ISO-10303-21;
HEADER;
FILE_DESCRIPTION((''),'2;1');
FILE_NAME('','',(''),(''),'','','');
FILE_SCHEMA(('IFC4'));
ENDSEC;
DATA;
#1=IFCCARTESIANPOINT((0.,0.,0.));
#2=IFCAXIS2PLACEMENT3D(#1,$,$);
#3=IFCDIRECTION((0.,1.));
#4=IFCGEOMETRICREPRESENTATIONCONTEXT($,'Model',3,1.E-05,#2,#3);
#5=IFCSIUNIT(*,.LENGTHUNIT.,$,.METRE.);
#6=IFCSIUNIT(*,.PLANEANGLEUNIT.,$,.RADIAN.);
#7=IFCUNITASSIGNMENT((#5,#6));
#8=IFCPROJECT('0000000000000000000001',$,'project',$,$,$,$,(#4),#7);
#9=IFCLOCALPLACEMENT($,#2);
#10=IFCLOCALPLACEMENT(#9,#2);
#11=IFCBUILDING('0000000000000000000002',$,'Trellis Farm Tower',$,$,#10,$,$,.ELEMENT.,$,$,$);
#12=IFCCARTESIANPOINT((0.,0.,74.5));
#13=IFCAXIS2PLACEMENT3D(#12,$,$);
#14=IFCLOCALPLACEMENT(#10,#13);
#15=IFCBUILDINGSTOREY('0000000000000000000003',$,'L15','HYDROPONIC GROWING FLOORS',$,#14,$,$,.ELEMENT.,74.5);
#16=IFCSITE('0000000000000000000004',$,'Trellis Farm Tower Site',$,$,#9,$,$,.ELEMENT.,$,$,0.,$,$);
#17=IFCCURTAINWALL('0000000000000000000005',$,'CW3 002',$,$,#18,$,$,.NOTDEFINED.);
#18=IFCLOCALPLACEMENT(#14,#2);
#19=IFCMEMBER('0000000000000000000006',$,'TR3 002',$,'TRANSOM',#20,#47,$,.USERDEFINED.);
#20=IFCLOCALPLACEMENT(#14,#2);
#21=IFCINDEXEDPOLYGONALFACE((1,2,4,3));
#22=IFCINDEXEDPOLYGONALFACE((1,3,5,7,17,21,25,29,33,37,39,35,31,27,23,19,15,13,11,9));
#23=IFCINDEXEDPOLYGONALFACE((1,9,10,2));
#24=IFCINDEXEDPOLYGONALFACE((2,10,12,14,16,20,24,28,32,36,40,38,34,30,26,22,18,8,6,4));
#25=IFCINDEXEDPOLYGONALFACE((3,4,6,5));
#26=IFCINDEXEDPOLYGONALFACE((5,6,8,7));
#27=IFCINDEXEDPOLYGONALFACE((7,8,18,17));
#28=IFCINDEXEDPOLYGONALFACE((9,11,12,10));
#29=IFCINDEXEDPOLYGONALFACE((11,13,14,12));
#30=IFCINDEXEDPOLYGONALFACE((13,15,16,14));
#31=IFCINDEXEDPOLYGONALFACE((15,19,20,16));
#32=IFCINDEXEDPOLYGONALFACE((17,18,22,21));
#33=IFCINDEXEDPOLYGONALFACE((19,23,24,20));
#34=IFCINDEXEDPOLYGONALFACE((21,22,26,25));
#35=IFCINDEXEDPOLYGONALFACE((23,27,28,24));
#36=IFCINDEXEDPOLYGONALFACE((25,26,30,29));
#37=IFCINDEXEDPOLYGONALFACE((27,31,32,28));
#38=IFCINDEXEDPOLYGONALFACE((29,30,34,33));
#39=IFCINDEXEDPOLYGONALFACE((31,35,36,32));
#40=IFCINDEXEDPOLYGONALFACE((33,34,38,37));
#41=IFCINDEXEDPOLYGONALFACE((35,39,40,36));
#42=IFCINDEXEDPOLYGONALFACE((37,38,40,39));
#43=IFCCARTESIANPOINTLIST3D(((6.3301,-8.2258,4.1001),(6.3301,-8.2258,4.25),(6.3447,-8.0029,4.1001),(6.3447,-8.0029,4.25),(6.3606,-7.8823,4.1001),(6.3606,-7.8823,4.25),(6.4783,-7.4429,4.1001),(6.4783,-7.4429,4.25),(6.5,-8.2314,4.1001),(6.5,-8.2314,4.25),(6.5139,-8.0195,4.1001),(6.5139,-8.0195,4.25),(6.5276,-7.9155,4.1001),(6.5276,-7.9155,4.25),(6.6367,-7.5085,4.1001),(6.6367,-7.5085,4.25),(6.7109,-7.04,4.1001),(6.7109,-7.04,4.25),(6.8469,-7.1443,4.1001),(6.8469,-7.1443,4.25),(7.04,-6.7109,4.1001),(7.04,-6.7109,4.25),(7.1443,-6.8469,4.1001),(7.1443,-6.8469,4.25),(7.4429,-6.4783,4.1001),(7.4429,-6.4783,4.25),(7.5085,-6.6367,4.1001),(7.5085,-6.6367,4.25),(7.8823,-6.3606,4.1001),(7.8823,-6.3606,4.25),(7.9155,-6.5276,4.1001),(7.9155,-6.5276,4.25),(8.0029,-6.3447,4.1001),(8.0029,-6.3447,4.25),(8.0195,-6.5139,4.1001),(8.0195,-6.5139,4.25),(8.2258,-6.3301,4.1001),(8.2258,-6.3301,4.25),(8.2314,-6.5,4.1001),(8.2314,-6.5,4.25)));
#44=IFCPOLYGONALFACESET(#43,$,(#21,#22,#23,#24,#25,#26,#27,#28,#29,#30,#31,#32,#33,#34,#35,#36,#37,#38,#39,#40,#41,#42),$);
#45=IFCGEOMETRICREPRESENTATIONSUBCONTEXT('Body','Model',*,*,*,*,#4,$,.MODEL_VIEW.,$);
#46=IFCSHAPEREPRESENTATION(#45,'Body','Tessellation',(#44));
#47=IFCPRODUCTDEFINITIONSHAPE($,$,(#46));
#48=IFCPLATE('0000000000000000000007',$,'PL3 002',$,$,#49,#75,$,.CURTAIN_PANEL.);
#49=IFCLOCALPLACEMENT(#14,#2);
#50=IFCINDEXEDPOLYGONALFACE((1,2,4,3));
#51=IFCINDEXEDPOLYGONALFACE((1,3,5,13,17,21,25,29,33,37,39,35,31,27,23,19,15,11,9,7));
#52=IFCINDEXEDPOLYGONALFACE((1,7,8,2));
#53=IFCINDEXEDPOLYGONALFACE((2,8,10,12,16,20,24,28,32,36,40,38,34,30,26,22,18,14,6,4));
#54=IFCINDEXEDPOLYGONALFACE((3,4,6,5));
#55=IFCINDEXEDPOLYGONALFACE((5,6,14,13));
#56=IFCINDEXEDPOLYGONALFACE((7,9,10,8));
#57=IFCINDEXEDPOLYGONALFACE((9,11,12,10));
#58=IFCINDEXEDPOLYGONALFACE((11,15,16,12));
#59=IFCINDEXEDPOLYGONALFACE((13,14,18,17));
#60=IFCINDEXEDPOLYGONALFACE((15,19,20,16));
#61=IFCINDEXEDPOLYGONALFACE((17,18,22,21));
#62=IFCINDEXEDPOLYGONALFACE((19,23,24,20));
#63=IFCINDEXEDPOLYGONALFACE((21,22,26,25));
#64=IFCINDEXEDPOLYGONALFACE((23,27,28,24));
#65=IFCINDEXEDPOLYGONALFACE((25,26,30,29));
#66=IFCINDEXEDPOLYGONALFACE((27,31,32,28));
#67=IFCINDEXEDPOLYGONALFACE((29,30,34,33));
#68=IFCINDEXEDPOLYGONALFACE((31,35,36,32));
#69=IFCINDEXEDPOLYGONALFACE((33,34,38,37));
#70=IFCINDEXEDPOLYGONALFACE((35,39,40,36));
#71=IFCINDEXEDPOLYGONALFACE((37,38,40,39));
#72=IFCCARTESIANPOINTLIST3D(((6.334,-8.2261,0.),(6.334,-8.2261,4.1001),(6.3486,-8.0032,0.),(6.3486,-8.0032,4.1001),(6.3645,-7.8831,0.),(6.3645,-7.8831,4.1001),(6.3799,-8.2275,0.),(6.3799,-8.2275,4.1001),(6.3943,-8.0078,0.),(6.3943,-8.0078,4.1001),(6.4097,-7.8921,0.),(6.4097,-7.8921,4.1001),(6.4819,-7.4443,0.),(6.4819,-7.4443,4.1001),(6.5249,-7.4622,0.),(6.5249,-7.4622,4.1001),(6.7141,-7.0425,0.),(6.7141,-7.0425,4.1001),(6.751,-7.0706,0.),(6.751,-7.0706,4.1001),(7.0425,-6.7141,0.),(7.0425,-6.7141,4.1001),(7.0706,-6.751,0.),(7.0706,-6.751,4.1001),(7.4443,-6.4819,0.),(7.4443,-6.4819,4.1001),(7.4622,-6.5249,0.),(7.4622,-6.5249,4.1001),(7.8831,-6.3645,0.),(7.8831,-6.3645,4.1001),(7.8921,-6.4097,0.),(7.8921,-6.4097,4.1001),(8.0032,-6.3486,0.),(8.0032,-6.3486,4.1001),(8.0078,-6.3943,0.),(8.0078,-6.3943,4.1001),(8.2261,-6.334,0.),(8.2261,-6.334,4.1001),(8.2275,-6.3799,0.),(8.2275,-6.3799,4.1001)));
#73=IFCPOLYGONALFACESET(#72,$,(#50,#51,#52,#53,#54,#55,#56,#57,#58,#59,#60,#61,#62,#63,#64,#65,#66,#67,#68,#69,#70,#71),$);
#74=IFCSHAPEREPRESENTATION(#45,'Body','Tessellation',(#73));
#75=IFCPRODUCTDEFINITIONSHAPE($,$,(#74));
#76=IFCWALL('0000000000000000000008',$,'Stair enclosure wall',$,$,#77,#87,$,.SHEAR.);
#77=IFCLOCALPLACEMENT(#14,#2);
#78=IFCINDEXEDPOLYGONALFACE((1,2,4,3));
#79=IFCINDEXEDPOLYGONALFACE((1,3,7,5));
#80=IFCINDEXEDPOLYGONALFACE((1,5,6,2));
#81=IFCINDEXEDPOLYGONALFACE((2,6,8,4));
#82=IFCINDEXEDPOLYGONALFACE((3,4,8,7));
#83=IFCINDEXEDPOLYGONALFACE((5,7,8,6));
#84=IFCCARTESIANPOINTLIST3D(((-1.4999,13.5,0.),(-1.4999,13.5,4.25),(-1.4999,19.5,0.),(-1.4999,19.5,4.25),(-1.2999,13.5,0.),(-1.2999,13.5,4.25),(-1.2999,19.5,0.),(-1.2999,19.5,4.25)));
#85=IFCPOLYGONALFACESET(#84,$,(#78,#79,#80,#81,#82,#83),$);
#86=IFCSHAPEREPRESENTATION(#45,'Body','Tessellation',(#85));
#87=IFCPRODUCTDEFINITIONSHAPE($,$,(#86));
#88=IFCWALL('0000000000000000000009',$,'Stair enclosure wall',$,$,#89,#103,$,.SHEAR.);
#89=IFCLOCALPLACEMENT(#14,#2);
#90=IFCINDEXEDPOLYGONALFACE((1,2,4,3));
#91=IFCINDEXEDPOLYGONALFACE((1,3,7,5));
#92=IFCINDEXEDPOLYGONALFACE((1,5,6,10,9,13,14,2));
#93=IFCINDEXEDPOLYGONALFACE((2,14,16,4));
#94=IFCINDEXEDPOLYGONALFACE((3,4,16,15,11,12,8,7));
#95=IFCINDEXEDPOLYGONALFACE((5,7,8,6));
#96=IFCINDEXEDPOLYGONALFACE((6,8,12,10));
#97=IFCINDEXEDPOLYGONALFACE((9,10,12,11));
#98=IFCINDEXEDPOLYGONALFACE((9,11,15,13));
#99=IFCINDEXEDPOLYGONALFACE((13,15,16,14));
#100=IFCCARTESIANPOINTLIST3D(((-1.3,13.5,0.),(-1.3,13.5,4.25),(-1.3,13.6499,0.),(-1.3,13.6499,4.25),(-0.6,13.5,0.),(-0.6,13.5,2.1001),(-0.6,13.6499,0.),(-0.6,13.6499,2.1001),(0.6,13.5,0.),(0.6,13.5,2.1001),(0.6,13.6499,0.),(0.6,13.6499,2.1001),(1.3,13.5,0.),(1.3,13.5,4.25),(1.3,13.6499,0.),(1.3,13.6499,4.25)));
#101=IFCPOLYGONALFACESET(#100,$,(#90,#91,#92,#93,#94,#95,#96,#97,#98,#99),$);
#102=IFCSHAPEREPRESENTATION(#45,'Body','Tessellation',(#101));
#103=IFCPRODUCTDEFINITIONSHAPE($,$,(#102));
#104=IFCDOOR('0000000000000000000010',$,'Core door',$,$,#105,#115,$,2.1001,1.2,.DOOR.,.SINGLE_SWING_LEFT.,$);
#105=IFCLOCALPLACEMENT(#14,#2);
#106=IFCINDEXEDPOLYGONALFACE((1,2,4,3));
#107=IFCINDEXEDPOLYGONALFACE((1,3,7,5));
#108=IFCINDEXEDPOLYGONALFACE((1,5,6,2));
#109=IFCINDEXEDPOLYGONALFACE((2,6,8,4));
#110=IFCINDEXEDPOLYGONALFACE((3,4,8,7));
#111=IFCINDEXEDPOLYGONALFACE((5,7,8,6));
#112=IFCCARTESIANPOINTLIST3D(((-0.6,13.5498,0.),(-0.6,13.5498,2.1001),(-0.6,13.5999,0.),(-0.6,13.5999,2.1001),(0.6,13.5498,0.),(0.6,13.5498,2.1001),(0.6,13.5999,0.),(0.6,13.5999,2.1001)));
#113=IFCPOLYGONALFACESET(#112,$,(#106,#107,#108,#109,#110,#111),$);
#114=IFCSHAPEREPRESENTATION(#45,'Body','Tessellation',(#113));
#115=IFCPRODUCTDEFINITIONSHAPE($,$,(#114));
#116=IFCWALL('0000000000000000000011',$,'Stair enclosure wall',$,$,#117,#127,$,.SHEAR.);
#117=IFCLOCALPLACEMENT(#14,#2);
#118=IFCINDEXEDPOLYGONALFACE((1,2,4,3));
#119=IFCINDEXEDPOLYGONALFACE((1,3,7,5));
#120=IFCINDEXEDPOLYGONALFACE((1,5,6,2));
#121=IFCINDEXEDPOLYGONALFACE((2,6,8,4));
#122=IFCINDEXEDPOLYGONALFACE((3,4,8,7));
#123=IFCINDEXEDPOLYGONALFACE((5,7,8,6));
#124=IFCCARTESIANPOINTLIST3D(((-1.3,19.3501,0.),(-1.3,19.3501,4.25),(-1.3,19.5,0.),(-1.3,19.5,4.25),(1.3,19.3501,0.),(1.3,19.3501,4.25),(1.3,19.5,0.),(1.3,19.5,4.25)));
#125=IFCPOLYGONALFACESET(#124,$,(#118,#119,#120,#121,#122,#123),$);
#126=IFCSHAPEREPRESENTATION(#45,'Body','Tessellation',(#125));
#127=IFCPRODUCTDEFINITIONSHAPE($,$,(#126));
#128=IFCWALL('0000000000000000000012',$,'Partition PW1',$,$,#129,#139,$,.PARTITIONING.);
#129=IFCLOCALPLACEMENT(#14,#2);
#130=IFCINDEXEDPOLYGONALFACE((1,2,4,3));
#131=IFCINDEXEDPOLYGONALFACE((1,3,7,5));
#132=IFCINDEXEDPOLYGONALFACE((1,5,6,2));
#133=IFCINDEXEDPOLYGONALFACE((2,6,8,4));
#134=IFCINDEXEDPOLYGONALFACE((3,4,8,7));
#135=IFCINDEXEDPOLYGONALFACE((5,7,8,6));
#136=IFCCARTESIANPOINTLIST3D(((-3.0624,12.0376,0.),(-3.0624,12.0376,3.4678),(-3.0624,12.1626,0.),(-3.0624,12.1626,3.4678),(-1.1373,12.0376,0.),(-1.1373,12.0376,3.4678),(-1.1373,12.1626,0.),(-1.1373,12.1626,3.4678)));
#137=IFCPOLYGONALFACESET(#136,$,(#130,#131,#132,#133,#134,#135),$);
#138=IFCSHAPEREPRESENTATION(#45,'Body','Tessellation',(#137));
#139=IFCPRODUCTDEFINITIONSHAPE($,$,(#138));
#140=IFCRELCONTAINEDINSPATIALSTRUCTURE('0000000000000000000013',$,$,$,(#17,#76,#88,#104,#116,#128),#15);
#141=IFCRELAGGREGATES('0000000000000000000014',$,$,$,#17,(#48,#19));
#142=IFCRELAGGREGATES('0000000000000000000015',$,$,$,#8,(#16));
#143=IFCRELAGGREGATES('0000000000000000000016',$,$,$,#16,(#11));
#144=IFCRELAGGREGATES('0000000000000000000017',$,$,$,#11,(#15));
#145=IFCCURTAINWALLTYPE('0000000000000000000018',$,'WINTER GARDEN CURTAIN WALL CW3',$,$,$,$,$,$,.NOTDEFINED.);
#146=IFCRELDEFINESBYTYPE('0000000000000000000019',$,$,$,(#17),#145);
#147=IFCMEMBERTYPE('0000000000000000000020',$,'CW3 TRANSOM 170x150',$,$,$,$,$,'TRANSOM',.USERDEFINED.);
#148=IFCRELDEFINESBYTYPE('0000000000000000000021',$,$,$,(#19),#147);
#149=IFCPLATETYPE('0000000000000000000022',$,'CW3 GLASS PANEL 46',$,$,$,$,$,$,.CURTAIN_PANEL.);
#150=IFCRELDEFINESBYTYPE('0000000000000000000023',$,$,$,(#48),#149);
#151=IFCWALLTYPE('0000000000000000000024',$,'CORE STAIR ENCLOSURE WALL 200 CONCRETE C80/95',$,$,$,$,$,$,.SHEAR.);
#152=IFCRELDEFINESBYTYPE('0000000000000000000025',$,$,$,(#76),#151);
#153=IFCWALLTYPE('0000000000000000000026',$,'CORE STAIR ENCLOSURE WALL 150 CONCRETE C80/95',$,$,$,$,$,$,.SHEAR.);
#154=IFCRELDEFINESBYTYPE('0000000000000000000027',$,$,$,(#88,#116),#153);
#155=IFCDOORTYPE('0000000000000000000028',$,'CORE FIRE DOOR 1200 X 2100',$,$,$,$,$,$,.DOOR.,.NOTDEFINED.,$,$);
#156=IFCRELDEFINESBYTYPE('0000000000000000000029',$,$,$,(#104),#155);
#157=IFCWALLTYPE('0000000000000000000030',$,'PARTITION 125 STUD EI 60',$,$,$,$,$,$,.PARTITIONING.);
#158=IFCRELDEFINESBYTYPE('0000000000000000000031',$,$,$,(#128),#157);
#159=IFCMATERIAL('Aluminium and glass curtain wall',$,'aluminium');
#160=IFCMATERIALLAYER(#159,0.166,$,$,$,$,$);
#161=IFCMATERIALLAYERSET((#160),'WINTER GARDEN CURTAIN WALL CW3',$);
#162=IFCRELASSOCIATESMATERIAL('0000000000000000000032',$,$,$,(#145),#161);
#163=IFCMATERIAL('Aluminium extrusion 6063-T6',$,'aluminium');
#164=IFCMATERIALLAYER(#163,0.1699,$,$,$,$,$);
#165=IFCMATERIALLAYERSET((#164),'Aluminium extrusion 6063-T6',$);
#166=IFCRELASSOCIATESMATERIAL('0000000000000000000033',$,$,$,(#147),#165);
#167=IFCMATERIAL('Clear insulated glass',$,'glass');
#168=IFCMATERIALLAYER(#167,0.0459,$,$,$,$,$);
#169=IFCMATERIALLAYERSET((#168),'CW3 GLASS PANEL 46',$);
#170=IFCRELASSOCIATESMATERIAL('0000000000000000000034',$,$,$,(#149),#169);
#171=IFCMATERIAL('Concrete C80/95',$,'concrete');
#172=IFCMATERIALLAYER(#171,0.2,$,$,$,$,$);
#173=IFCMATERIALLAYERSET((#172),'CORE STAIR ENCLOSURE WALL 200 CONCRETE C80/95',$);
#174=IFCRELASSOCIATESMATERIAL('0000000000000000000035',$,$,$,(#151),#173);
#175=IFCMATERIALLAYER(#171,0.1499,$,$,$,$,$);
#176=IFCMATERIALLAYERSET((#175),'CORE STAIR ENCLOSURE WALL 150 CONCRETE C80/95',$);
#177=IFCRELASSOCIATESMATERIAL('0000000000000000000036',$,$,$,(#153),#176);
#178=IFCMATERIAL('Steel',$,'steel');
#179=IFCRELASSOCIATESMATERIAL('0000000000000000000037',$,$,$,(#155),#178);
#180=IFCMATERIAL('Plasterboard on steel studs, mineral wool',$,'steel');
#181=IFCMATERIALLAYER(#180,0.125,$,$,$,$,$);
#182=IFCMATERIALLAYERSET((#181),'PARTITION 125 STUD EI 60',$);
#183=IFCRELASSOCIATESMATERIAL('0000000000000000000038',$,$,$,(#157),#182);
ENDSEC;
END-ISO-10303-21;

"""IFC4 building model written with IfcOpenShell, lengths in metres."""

from ifc_helpers import new_model, si_unit, direction, frame, frame_2d, origin, place, context, subcontext, project, spatial, polyline, rectangle, outline, extrude, source, transform, mapped, material, layer, layer_set, type_object, element, fill, aggregate, save


model = new_model("IFC4")

# Units and contexts
model_context = context("Model", 3, precision=1e-05, world=origin(), true_north=direction((0.0, 1.0)))
body_context = subcontext(model_context, "Body", "Model", "MODEL_VIEW")
ifc_project = project(units=[si_unit("LENGTHUNIT", "METRE"), si_unit("PLANEANGLEUNIT", "RADIAN")], contexts=[model_context])

# Site, building, storey
site_placement = place(None, origin())
site = spatial("IfcSite", under=ifc_project, at=site_placement, Name="Trellis Farm Tower Site", CompositionType="ELEMENT", RefElevation=0.0)
building_placement = place(site_placement, origin())
building = spatial("IfcBuilding", under=site, at=building_placement, Name="Trellis Farm Tower", CompositionType="ELEMENT")
storey_placement = place(building_placement, frame((0.0, 0.0, 74.5)))
storey = spatial("IfcBuildingStorey", under=building, at=storey_placement, Name="L15", Description="HYDROPONIC GROWING FLOORS", CompositionType="ELEMENT", Elevation=74.5)

# Shared definitions
ifc_material_1 = material(Name="Concrete C80/95", Category="concrete")

# Curtain wall, member, plate
ifc_material_2 = material(Name="Aluminium and glass curtain wall", Category="aluminium")
ifc_layer_1 = layer(ifc_material_2, 0.166)
ifc_layer_set_1 = layer_set([ifc_layer_1], Name="WINTER GARDEN CURTAIN WALL CW3")
curtain_wall_type = type_object("IfcCurtainWallType", Name="WINTER GARDEN CURTAIN WALL CW3", PredefinedType="NOTDEFINED", material=ifc_layer_set_1)
placement = place(storey_placement, origin())
curtain_wall = element("IfcCurtainWall", 1, at=placement, inside=storey, type_object=curtain_wall_type, Name="CW3 002", PredefinedType="NOTDEFINED")
ifc_material_3 = material(Name="Aluminium extrusion 6063-T6", Category="aluminium")
ifc_layer_2 = layer(ifc_material_3, 0.1699)
ifc_layer_set_2 = layer_set([ifc_layer_2], Name="Aluminium extrusion 6063-T6")
member_type = type_object("IfcMemberType", Name="CW3 TRANSOM 170x150", ElementType="TRANSOM", PredefinedType="USERDEFINED", material=ifc_layer_set_2)
shared_shape_1 = source(origin(), body_context, "Body", "SweptSolid", [
    extrude(outline(polyline([(6.5, -8.2314), (6.5139, -8.0195), (6.5276, -7.9155), (6.6367, -7.5085), (6.8469, -7.1443), (7.1443, -6.8469), (7.5085, -6.6367), (7.9155, -6.5276), (8.0195, -6.5139), (8.2314, -6.5), (8.2258, -6.3301), (8.0029, -6.3447), (7.8823, -6.3606), (7.4429, -6.4783), (7.04, -6.7109), (6.7109, -7.04), (6.4783, -7.4429), (6.3606, -7.8823), (6.3447, -8.0029), (6.3301, -8.2258), (6.5, -8.2314)])), origin(), (0.0, 0.0, 1.0), 0.1499),
])
member_placement = place(storey_placement, frame((0.0, 0.0, 4.1001)))
member = element("IfcMember", 2, at=member_placement, type_object=member_type, Name="TR3 002", ObjectType="TRANSOM", PredefinedType="USERDEFINED", context=body_context, shape_type="MappedRepresentation", body=[
    mapped(shared_shape_1, transform((0.0, 0.0, 0.0))),
])
ifc_material_4 = material(Name="Clear insulated glass", Category="glass")
ifc_layer_3 = layer(ifc_material_4, 0.0459)
ifc_layer_set_3 = layer_set([ifc_layer_3], Name="CW3 GLASS PANEL 46")
plate_type = type_object("IfcPlateType", Name="CW3 GLASS PANEL 46", PredefinedType="CURTAIN_PANEL", material=ifc_layer_set_3)
shared_shape_2 = source(origin(), body_context, "Body", "SweptSolid", [
    extrude(outline(polyline([(6.3799, -8.2275), (6.3943, -8.0078), (6.4097, -7.8921), (6.5249, -7.4622), (6.751, -7.0706), (7.0706, -6.751), (7.4622, -6.5249), (7.8921, -6.4097), (8.0078, -6.3943), (8.2275, -6.3799), (8.2261, -6.334), (8.0032, -6.3486), (7.8831, -6.3645), (7.4443, -6.4819), (7.0425, -6.7141), (6.7141, -7.0425), (6.4819, -7.4443), (6.3645, -7.8831), (6.3486, -8.0032), (6.334, -8.2261), (6.3799, -8.2275)])), origin(), (0.0, 0.0, 1.0), 4.1001),
])
plate = element("IfcPlate", 3, at=placement, type_object=plate_type, Name="PL3 002", PredefinedType="CURTAIN_PANEL", context=body_context, shape_type="MappedRepresentation", body=[
    mapped(shared_shape_2, transform((0.0, 0.0, 0.0))),
])
aggregate(curtain_wall, [plate, member])

# Wall
ifc_layer_4 = layer(ifc_material_1, 0.2)
ifc_layer_set_4 = layer_set([ifc_layer_4], Name="CORE STAIR ENCLOSURE WALL 200 CONCRETE C80/95")
wall_type_1 = type_object("IfcWallType", Name="CORE STAIR ENCLOSURE WALL 200 CONCRETE C80/95", PredefinedType="SHEAR", material=ifc_layer_set_4)
shared_shape_3 = source(origin(), body_context, "Body", "SweptSolid", [
    extrude(rectangle(XDim=6.0, YDim=0.2, at=frame_2d((3.0, 0.0))), origin(), (0.0, 0.0, 1.0), 4.25),
])
wall_1_placement = place(storey_placement, frame((-1.3999, 13.5, 0.0), z_axis=(0.0, 0.0, 1.0), x_axis=(0.0, 1.0, 0.0)))
element("IfcWall", 4, at=wall_1_placement, inside=storey, type_object=wall_type_1, Name="Stair enclosure wall", PredefinedType="SHEAR", context=body_context, shape_type="MappedRepresentation", body=[
    mapped(shared_shape_3, transform((0.0, 0.0, 0.0))),
])

# Wall, opening, door
ifc_layer_5 = layer(ifc_material_1, 0.1499)
ifc_layer_set_5 = layer_set([ifc_layer_5], Name="CORE STAIR ENCLOSURE WALL 150 CONCRETE C80/95")
wall_type_2 = type_object("IfcWallType", Name="CORE STAIR ENCLOSURE WALL 150 CONCRETE C80/95", PredefinedType="SHEAR", material=ifc_layer_set_5)
shared_shape_4 = source(origin(), body_context, "Body", "SweptSolid", [
    extrude(rectangle(XDim=2.6001, YDim=0.1499, at=frame_2d((1.3, 0.0))), origin(), (0.0, 0.0, 1.0), 4.25),
])
wall_2_placement = place(storey_placement, frame((-1.3, 13.575, 0.0), z_axis=(0.0, 0.0, 1.0), x_axis=(1.0, 0.0, 0.0)))
wall_2 = element("IfcWall", 5, at=wall_2_placement, inside=storey, type_object=wall_type_2, Name="Stair enclosure wall", PredefinedType="SHEAR", context=body_context, shape_type="MappedRepresentation", body=[
    mapped(shared_shape_4, transform((0.0, 0.0, 0.0))),
])
shared_shape_5 = source(origin(), body_context, "Body", "SweptSolid", [
    extrude(rectangle(XDim=1.2, YDim=2.1001, at=frame_2d((0.6001, 1.05))), frame((0.0, 0.085, 0.0), z_axis=(0.0, -1.0, 0.0), x_axis=(1.0, 0.0, 0.0)), (0.0, 0.0, 1.0), 0.1699),
])
opening_1_placement = place(wall_2_placement, frame((0.7, 0.0, 0.0)))
opening_1 = element("IfcOpeningElement", 6, at=opening_1_placement, cuts=wall_2, PredefinedType="OPENING", context=body_context, shape_type="MappedRepresentation", body=[
    mapped(shared_shape_5, transform((0.0, 0.0, 0.0))),
])
ifc_material_5 = material(Name="Steel", Category="steel")
door_type_1 = type_object("IfcDoorType", Name="CORE FIRE DOOR 1200 X 2100", OperationType="NOTDEFINED", PredefinedType="DOOR", material=ifc_material_5)
shared_shape_6 = source(origin(), body_context, "Body", "SweptSolid", [
    extrude(rectangle(XDim=1.2, YDim=2.1001, at=frame_2d((0.6001, 1.05))), frame((0.0, 0.0249, 0.0), z_axis=(0.0, -1.0, 0.0), x_axis=(1.0, 0.0, 0.0)), (0.0, 0.0, 1.0), 0.05),
])
door_1_placement = place(opening_1_placement, origin())
door_1 = element("IfcDoor", 7, at=door_1_placement, inside=storey, type_object=door_type_1, Name="Core door", OperationType="SINGLE_SWING_LEFT", OverallHeight=2.1001, OverallWidth=1.2, PredefinedType="DOOR", context=body_context, shape_type="MappedRepresentation", body=[
    mapped(shared_shape_6, transform((0.0, 0.0, 0.0))),
])
fill(opening_1, door_1)

# Walls
wall_3_placement = place(storey_placement, frame((-1.3, 19.425, 0.0), z_axis=(0.0, 0.0, 1.0), x_axis=(1.0, 0.0, 0.0)))
element("IfcWall", 8, at=wall_3_placement, inside=storey, type_object=wall_type_2, Name="Stair enclosure wall", PredefinedType="SHEAR", context=body_context, shape_type="MappedRepresentation", body=[
    mapped(shared_shape_4, transform((0.0, 0.0, 0.0))),
])
ifc_material_6 = material(Name="Plasterboard on steel studs, mineral wool", Category="steel")
ifc_layer_6 = layer(ifc_material_6, 0.125)
ifc_layer_set_6 = layer_set([ifc_layer_6], Name="PARTITION 125 STUD EI 60")
wall_type_3 = type_object("IfcWallType", Name="PARTITION 125 STUD EI 60", PredefinedType="PARTITIONING", material=ifc_layer_set_6)
shared_shape_7 = source(origin(), body_context, "Body", "SweptSolid", [
    extrude(rectangle(XDim=1.925, YDim=0.125, at=frame_2d((0.9624, 0.0))), origin(), (0.0, 0.0, 1.0), 3.4678),
])
wall_4_placement = place(storey_placement, frame((-1.1375, 12.1001, 0.0), z_axis=(0.0, 0.0, 1.0), x_axis=(-1.0, 0.0, 0.0)))
element("IfcWall", 9, at=wall_4_placement, inside=storey, type_object=wall_type_3, Name="Partition PW1", PredefinedType="PARTITIONING", context=body_context, shape_type="MappedRepresentation", body=[
    mapped(shared_shape_7, transform((0.0, 0.0, 0.0))),
])

save(model, "model.ifc")
